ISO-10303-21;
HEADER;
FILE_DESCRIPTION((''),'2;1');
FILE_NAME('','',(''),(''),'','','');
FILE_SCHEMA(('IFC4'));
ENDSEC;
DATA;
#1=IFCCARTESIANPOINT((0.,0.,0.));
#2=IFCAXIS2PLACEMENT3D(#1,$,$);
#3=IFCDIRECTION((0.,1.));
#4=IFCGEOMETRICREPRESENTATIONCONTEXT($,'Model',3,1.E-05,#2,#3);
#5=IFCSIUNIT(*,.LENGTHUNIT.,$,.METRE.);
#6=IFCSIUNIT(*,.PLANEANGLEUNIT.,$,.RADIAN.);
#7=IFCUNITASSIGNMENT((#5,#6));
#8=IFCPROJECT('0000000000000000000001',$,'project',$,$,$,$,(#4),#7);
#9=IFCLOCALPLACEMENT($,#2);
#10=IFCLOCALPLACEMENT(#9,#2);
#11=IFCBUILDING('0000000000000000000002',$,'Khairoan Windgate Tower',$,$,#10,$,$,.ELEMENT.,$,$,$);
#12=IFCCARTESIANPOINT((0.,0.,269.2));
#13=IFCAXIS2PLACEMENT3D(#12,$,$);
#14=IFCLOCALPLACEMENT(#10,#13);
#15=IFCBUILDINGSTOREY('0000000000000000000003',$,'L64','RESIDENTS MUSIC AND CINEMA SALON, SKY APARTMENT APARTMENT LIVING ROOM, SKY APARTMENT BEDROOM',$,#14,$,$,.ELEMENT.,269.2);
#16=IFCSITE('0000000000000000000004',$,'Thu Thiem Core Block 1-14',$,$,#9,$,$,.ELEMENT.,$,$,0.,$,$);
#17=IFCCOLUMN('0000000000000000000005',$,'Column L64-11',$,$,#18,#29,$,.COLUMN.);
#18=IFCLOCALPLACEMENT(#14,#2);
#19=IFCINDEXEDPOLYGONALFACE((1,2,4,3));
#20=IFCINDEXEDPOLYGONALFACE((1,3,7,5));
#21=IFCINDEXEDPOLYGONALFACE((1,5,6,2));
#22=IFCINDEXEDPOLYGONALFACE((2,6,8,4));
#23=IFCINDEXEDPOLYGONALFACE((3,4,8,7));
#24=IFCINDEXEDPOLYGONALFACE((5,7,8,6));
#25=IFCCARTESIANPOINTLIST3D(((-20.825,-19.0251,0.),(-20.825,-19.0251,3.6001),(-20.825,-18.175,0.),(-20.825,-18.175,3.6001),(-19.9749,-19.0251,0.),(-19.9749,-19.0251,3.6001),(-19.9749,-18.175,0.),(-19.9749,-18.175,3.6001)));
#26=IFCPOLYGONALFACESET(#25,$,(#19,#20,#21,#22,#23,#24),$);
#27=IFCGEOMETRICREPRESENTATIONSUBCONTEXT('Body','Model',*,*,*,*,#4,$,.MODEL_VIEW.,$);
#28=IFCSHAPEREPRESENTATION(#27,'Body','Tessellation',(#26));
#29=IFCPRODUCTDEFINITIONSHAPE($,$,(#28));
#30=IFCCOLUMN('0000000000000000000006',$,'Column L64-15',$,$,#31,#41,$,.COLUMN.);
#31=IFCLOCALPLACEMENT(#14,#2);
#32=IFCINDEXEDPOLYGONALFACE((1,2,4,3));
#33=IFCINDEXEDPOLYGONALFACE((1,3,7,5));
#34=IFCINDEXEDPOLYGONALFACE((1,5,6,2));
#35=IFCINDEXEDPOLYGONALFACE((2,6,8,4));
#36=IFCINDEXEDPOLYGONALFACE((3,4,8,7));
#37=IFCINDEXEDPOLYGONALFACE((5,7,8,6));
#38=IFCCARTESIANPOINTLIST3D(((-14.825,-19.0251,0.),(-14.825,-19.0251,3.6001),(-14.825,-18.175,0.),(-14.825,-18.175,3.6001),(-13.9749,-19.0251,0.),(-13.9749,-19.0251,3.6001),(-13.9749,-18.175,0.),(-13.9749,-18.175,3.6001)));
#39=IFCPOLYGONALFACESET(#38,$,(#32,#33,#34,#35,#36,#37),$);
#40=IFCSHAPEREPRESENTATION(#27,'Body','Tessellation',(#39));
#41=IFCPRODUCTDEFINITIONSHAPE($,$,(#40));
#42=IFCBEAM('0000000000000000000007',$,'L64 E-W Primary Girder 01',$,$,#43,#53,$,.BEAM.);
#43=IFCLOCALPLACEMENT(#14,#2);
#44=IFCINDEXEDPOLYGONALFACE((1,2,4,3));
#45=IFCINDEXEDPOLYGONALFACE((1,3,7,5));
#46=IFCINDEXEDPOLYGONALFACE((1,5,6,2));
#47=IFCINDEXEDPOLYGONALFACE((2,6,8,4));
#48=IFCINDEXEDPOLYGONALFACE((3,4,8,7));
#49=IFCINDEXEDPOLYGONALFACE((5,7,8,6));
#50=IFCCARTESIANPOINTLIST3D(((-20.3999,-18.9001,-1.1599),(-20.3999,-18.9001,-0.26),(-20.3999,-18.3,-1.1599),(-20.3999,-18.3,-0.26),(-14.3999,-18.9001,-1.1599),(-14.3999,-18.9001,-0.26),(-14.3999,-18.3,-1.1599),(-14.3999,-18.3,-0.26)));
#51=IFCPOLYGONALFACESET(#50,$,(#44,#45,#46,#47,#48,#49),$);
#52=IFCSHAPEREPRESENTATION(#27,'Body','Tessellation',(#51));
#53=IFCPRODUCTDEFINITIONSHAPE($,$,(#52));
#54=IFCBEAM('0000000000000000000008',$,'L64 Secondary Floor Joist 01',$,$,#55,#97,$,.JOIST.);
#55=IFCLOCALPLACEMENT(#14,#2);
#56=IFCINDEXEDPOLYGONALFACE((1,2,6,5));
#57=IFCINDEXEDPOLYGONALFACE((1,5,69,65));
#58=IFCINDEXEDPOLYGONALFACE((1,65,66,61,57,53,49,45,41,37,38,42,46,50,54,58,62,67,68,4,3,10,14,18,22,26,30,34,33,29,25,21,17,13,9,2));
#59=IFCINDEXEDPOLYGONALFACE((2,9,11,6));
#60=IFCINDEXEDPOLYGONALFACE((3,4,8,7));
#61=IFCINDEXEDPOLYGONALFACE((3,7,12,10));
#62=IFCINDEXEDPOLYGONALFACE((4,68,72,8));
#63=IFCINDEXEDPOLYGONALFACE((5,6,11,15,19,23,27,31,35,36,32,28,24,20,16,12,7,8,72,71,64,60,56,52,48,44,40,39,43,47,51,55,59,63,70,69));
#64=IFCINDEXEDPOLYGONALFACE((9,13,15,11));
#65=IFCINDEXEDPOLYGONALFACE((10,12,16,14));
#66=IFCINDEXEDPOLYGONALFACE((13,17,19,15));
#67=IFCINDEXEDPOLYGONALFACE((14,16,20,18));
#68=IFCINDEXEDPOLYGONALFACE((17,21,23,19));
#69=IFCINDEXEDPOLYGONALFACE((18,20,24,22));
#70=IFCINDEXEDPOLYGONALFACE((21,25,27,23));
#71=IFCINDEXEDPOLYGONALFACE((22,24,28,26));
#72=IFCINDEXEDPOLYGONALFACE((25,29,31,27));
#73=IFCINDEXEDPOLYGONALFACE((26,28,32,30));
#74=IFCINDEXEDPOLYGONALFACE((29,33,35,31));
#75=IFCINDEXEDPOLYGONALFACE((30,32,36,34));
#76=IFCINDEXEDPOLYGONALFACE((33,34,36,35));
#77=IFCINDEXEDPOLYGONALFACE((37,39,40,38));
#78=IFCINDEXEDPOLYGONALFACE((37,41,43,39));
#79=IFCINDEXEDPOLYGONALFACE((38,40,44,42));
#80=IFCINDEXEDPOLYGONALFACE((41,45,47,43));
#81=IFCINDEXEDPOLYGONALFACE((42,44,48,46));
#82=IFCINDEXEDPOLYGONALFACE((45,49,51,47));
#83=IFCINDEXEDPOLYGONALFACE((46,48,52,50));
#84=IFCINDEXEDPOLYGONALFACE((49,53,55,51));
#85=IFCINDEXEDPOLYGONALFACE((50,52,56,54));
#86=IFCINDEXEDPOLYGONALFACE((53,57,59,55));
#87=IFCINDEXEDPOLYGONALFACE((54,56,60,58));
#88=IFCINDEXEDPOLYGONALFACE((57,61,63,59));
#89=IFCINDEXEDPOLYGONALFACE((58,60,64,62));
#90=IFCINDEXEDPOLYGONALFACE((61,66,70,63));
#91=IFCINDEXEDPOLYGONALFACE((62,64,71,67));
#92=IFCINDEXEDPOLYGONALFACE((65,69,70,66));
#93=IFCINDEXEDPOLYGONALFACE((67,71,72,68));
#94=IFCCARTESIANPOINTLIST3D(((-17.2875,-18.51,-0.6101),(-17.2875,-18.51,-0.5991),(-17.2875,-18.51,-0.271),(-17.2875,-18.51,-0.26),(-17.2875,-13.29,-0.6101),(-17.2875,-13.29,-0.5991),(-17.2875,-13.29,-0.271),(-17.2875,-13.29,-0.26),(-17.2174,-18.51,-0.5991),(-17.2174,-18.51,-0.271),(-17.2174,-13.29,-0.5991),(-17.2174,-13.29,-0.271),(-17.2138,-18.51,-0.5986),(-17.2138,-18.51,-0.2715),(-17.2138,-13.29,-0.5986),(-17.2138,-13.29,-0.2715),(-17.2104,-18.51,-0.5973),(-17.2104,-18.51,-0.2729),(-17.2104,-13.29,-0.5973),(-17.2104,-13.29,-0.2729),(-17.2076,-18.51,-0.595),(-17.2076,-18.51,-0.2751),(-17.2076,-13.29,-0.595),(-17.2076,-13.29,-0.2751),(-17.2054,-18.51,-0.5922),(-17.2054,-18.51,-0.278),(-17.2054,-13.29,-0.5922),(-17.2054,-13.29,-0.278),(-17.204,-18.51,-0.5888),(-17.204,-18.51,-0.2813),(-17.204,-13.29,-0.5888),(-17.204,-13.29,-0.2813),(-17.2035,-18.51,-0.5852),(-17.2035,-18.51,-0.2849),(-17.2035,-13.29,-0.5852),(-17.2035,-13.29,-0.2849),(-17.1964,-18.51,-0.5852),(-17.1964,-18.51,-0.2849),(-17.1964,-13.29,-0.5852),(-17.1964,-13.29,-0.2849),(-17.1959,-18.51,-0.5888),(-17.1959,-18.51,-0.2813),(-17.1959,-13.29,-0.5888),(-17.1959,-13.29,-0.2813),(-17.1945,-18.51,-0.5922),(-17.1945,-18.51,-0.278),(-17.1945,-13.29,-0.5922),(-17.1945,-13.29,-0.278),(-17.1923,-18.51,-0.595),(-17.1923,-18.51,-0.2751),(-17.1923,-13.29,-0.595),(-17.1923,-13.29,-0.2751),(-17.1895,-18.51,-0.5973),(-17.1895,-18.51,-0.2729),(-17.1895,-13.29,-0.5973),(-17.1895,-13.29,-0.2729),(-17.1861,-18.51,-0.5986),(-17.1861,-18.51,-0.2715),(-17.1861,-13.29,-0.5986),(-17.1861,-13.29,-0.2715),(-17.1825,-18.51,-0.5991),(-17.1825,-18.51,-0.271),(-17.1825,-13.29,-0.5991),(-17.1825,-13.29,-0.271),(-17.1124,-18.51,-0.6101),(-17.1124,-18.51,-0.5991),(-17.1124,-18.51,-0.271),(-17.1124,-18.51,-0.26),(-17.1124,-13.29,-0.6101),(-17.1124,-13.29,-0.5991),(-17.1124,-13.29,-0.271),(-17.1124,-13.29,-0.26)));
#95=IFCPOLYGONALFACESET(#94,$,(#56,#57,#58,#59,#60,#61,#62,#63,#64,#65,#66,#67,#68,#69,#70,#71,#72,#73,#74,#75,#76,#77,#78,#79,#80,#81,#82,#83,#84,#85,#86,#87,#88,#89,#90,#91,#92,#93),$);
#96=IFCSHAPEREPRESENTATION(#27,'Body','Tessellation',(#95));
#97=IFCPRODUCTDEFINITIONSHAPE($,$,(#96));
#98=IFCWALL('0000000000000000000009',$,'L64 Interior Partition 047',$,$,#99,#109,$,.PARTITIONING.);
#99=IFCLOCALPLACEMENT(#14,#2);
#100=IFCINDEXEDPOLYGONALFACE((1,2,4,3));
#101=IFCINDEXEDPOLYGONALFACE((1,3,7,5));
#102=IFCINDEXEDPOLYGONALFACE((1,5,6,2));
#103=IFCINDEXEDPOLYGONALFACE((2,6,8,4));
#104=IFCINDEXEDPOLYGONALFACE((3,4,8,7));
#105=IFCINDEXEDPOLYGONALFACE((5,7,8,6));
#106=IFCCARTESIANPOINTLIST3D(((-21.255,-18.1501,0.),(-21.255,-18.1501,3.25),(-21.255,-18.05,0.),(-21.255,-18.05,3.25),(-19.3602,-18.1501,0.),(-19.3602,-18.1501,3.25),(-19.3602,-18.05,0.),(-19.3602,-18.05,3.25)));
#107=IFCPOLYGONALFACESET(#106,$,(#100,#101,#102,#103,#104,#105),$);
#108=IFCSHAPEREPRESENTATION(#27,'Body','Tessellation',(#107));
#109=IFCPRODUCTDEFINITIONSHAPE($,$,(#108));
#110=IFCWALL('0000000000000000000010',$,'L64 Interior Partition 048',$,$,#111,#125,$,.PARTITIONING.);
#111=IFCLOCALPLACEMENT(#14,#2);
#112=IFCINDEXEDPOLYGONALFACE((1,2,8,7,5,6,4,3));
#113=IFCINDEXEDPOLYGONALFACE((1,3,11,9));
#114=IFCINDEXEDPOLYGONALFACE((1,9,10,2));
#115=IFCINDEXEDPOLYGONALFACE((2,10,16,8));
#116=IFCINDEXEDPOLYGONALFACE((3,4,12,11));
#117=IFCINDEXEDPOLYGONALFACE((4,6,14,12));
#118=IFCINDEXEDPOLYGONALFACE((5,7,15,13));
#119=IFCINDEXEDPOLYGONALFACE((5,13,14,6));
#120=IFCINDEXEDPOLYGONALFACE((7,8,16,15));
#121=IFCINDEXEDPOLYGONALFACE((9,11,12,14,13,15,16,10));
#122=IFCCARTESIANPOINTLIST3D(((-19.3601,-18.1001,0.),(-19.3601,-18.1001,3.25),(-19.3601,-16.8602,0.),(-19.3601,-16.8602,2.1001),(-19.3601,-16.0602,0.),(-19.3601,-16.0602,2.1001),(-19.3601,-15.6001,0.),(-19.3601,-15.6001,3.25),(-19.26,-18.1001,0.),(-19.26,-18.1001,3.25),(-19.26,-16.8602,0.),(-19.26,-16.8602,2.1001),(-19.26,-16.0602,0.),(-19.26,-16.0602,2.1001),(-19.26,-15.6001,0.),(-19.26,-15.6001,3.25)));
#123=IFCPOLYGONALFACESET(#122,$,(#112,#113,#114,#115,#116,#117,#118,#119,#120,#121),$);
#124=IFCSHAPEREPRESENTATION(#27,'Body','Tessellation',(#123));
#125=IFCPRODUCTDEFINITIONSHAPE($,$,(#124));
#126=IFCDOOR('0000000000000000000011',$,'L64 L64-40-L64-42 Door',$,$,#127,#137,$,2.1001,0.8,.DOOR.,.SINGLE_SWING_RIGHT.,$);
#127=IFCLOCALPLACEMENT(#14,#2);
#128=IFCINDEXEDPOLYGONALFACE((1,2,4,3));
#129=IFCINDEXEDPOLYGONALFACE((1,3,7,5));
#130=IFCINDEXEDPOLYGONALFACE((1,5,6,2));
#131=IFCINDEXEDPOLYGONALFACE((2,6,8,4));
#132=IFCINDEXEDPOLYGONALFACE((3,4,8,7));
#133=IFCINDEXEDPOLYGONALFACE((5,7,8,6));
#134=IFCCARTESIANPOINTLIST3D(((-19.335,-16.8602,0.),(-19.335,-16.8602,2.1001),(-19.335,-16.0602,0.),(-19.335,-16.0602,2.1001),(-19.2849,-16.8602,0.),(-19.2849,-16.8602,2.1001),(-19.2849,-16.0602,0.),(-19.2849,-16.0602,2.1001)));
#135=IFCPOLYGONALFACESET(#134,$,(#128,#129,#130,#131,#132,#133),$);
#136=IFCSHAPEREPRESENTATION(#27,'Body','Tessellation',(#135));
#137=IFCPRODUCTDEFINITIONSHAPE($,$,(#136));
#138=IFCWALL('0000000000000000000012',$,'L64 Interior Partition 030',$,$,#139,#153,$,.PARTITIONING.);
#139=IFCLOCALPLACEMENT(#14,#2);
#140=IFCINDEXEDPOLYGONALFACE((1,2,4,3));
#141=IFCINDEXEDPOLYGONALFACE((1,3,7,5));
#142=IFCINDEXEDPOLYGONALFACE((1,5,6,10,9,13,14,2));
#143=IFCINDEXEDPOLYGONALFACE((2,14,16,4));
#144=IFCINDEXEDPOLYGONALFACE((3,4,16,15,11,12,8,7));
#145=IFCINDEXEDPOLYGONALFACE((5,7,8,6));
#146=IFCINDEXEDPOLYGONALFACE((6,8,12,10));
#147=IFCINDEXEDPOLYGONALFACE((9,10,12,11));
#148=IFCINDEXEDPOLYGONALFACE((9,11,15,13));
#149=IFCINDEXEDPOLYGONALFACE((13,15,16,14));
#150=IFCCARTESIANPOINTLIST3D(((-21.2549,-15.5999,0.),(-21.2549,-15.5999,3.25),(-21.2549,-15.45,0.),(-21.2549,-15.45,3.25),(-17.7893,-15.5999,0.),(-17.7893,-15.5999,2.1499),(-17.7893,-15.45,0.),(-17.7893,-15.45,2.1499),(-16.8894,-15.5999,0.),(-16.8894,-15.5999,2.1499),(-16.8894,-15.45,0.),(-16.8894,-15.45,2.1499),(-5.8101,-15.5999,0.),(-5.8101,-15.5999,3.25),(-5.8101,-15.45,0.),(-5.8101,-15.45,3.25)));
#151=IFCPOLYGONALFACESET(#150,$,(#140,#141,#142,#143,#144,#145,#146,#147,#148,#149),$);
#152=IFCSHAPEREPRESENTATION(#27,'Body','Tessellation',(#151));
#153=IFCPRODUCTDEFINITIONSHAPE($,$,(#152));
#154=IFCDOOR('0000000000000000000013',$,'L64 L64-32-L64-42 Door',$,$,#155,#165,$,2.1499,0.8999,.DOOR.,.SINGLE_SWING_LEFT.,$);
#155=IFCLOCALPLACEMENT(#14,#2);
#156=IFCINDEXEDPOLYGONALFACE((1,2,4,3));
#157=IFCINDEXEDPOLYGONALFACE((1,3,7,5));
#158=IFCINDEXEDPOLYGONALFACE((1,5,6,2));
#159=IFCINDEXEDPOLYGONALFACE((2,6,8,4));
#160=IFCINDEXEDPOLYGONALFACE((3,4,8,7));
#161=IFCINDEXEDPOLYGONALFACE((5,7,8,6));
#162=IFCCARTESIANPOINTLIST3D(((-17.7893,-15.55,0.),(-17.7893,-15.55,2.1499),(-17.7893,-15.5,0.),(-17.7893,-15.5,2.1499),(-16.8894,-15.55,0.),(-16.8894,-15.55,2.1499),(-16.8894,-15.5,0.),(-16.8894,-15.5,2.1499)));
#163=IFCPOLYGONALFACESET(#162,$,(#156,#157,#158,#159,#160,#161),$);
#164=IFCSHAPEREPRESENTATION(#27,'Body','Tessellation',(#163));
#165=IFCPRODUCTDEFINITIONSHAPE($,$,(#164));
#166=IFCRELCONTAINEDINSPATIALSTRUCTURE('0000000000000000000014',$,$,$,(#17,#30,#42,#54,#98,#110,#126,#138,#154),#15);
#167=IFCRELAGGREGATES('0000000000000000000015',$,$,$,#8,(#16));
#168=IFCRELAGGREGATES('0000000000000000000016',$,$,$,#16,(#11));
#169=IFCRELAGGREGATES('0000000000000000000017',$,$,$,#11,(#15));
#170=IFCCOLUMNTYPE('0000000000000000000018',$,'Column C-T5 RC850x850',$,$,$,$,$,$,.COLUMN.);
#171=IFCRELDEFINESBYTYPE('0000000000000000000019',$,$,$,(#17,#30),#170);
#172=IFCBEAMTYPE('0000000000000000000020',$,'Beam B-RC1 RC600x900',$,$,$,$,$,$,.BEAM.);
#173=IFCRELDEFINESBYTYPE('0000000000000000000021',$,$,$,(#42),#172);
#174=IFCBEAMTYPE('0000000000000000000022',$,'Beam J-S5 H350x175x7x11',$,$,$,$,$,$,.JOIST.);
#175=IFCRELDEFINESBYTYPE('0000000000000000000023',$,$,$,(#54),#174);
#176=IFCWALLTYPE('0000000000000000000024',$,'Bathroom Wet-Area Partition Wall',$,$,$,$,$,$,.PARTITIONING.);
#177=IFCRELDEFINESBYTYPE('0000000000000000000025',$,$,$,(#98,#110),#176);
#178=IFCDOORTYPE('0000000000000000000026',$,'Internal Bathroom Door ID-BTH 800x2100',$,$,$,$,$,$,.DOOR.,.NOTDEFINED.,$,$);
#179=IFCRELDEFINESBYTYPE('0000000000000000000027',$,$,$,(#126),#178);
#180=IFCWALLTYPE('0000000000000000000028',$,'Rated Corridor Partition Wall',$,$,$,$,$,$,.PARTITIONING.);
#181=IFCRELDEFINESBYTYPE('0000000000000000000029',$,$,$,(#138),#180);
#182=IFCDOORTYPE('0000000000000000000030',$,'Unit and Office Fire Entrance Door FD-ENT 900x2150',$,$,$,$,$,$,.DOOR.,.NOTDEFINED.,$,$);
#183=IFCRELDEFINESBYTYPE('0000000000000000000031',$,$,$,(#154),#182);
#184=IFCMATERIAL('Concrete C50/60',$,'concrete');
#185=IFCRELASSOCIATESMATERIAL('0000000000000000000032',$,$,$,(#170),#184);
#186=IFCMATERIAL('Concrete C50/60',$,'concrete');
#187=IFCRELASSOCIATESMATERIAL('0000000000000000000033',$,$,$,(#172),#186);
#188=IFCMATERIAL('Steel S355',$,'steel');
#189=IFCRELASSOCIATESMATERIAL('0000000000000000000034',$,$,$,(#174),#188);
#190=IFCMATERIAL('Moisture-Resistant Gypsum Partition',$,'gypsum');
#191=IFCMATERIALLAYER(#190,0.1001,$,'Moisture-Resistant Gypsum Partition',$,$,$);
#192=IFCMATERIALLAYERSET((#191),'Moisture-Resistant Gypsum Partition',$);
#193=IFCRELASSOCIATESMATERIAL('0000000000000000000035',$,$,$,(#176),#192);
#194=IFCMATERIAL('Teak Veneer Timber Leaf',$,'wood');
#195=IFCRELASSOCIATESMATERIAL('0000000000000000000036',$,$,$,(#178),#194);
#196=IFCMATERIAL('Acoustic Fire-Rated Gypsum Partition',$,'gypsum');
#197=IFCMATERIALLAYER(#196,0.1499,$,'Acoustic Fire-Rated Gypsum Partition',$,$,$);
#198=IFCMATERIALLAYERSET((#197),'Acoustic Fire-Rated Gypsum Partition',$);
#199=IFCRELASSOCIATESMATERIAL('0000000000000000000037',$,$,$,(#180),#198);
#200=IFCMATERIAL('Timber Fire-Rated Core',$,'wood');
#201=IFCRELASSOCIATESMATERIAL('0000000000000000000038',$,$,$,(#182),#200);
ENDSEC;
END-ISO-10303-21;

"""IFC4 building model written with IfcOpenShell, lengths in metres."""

from ifc_helpers import new_model, si_unit, direction, frame, frame_2d, origin, origin_2d, place, context, subcontext, project, spatial, rectangle, i_section, extrude, material, layer, layer_set, material_profile, profile_set, type_object, element, fill, save


model = new_model("IFC4")

# Units and contexts
model_context = context("Model", 3, precision=1e-05, world=origin(), true_north=direction((0.0, 1.0)))
body_context = subcontext(model_context, "Body", "Model", "MODEL_VIEW")
ifc_project = project(units=[si_unit("LENGTHUNIT", "METRE"), si_unit("PLANEANGLEUNIT", "RADIAN")], contexts=[model_context])

# Site, building, storey
site_placement = place(None, origin())
site = spatial("IfcSite", under=ifc_project, at=site_placement, Name="Thu Thiem Core Block 1-14", CompositionType="ELEMENT", RefElevation=0.0)
building_placement = place(site_placement, origin())
building = spatial("IfcBuilding", under=site, at=building_placement, Name="Khairoan Windgate Tower", CompositionType="ELEMENT")
storey_placement = place(building_placement, frame((0.0, 0.0, 269.2)))
storey = spatial("IfcBuildingStorey", under=building, at=storey_placement, Name="L64", Description="RESIDENTS MUSIC AND CINEMA SALON, SKY APARTMENT APARTMENT LIVING ROOM, SKY APARTMENT BEDROOM", CompositionType="ELEMENT", Elevation=269.2)

# Columns
ifc_material_1 = material(Name="Concrete C50/60", Category="concrete")
ifc_material_profile_1 = material_profile(ifc_material_1, rectangle(XDim=0.8501, YDim=0.8501, at=origin_2d()))
ifc_profile_set_1 = profile_set([ifc_material_profile_1], Name="Concrete C50/60")
column_type = type_object("IfcColumnType", Name="Column C-T5 RC850x850", PredefinedType="COLUMN", material=ifc_profile_set_1)
for number, where, z_axis, x_axis, name in (
    (1, (-20.3999, -18.6001, 0.0), (0.0, 0.0, 1.0), (1.0, 0.0, 0.0), "Column L64-11"),
    (2, (-14.3999, -18.6001, 0.0), (0.0, 0.0, 1.0), (1.0, 0.0, 0.0), "Column L64-15"),
):
    element("IfcColumn", number, at=place(storey_placement, frame(where, z_axis=z_axis, x_axis=x_axis)), inside=storey, type_object=column_type, Name=name, PredefinedType="COLUMN", context=body_context, shape_type="SweptSolid", body=[
        extrude(rectangle(XDim=0.8501, YDim=0.8501, at=origin_2d()), origin(), (0.0, 0.0, 1.0), 3.6001),
    ])

# Beams
ifc_material_2 = material(Name="Concrete C50/60", Category="concrete")
ifc_material_profile_2 = material_profile(ifc_material_2, rectangle(XDim=0.6001, YDim=0.8999, at=origin_2d()))
ifc_profile_set_2 = profile_set([ifc_material_profile_2], Name="Concrete C50/60")
beam_type_1 = type_object("IfcBeamType", Name="Beam B-RC1 RC600x900", PredefinedType="BEAM", material=ifc_profile_set_2)
beam_1_placement = place(storey_placement, frame((-20.3999, -18.6001, -0.71), z_axis=(1.0, 0.0, 0.0), x_axis=(0.0, 1.0, 0.0)))
element("IfcBeam", 3, at=beam_1_placement, inside=storey, type_object=beam_type_1, Name="L64 E-W Primary Girder 01", PredefinedType="BEAM", context=body_context, shape_type="SweptSolid", body=[
    extrude(rectangle(XDim=0.6001, YDim=0.8999, at=origin_2d()), origin(), (0.0, 0.0, 1.0), 6.0),
])
ifc_material_3 = material(Name="Steel S355", Category="steel")
ifc_material_profile_3 = material_profile(ifc_material_3, i_section(OverallWidth=0.175, OverallDepth=0.3501, WebThickness=0.0071, FlangeThickness=0.011, FilletRadius=0.0139, at=origin_2d()))
ifc_profile_set_3 = profile_set([ifc_material_profile_3], Name="Steel S355")
beam_type_2 = type_object("IfcBeamType", Name="Beam J-S5 H350x175x7x11", PredefinedType="JOIST", material=ifc_profile_set_3)
beam_2_placement = place(storey_placement, frame((-17.2, -18.51, -0.4351), z_axis=(0.0, 1.0, 0.0), x_axis=(-1.0, 0.0, 0.0)))
element("IfcBeam", 4, at=beam_2_placement, inside=storey, type_object=beam_type_2, Name="L64 Secondary Floor Joist 01", PredefinedType="JOIST", context=body_context, shape_type="SweptSolid", body=[
    extrude(i_section(OverallWidth=0.175, OverallDepth=0.3501, WebThickness=0.0071, FlangeThickness=0.011, FilletRadius=0.0139, at=origin_2d()), origin(), (0.0, 0.0, 1.0), 5.22),
])

# Wall
ifc_material_4 = material(Name="Moisture-Resistant Gypsum Partition", Category="gypsum")
ifc_layer_1 = layer(ifc_material_4, 0.1001, Name="Moisture-Resistant Gypsum Partition")
ifc_layer_set_1 = layer_set([ifc_layer_1], Name="Moisture-Resistant Gypsum Partition")
wall_type_1 = type_object("IfcWallType", Name="Bathroom Wet-Area Partition Wall", PredefinedType="PARTITIONING", material=ifc_layer_set_1)
wall_1_placement = place(storey_placement, frame((-21.2549, -18.1001, 0.0), z_axis=(0.0, 0.0, 1.0), x_axis=(1.0, 0.0, 0.0)))
element("IfcWall", 5, at=wall_1_placement, inside=storey, type_object=wall_type_1, Name="L64 Interior Partition 047", PredefinedType="PARTITIONING", context=body_context, shape_type="SweptSolid", body=[
    extrude(rectangle(XDim=1.8948, YDim=0.1001, at=frame_2d((0.9473, 0.0))), origin(), (0.0, 0.0, 1.0), 3.25),
])

# Walls, openings, doors
wall_2_placement = place(storey_placement, frame((-19.3101, -18.1001, 0.0), z_axis=(0.0, 0.0, 1.0), x_axis=(0.0, 1.0, 0.0)))
wall_2 = element("IfcWall", 6, at=wall_2_placement, inside=storey, type_object=wall_type_1, Name="L64 Interior Partition 048", PredefinedType="PARTITIONING", context=body_context, shape_type="SweptSolid", body=[
    extrude(rectangle(XDim=2.5, YDim=0.1001, at=frame_2d((1.25, 0.0))), origin(), (0.0, 0.0, 1.0), 3.25),
])
opening_1_placement = place(wall_2_placement, frame((1.24, 0.0, 0.0)))
opening_1 = element("IfcOpeningElement", 7, at=opening_1_placement, cuts=wall_2, PredefinedType="OPENING", context=body_context, shape_type="SweptSolid", body=[
    extrude(rectangle(XDim=0.8, YDim=2.1001, at=frame_2d((0.3999, 1.05))), frame((0.0, 0.0601, 0.0), z_axis=(0.0, -1.0, 0.0), x_axis=(1.0, 0.0, 0.0)), (0.0, 0.0, 1.0), 0.1201),
])
ifc_material_5 = material(Name="Teak Veneer Timber Leaf", Category="wood")
door_type_1 = type_object("IfcDoorType", Name="Internal Bathroom Door ID-BTH 800x2100", OperationType="NOTDEFINED", PredefinedType="DOOR", material=ifc_material_5)
door_1_placement = place(opening_1_placement, origin())
door_1 = element("IfcDoor", 8, at=door_1_placement, inside=storey, type_object=door_type_1, Name="L64 L64-40-L64-42 Door", OperationType="SINGLE_SWING_RIGHT", OverallHeight=2.1001, OverallWidth=0.8, PredefinedType="DOOR", context=body_context, shape_type="SweptSolid", body=[
    extrude(rectangle(XDim=0.8, YDim=2.1001, at=frame_2d((0.3999, 1.05))), frame((0.0, 0.0249, 0.0), z_axis=(0.0, -1.0, 0.0), x_axis=(1.0, 0.0, 0.0)), (0.0, 0.0, 1.0), 0.05),
])
fill(opening_1, door_1)
ifc_material_6 = material(Name="Acoustic Fire-Rated Gypsum Partition", Category="gypsum")
ifc_layer_2 = layer(ifc_material_6, 0.1499, Name="Acoustic Fire-Rated Gypsum Partition")
ifc_layer_set_2 = layer_set([ifc_layer_2], Name="Acoustic Fire-Rated Gypsum Partition")
wall_type_2 = type_object("IfcWallType", Name="Rated Corridor Partition Wall", PredefinedType="PARTITIONING", material=ifc_layer_set_2)
wall_3_placement = place(storey_placement, frame((-21.2549, -15.5249, 0.0), z_axis=(0.0, 0.0, 1.0), x_axis=(1.0, 0.0, 0.0)))
wall_3 = element("IfcWall", 9, at=wall_3_placement, inside=storey, type_object=wall_type_2, Name="L64 Interior Partition 030", PredefinedType="PARTITIONING", context=body_context, shape_type="SweptSolid", body=[
    extrude(rectangle(XDim=15.4448, YDim=0.1499, at=frame_2d((7.7224, 0.0))), origin(), (0.0, 0.0, 1.0), 3.25),
])
opening_2_placement = place(wall_3_placement, frame((3.4656, 0.0, 0.0)))
opening_2 = element("IfcOpeningElement", 10, at=opening_2_placement, cuts=wall_3, PredefinedType="OPENING", context=body_context, shape_type="SweptSolid", body=[
    extrude(rectangle(XDim=0.8999, YDim=2.1499, at=frame_2d((0.45, 1.075))), frame((0.0, 0.085, 0.0), z_axis=(0.0, -1.0, 0.0), x_axis=(1.0, 0.0, 0.0)), (0.0, 0.0, 1.0), 0.1699),
])
ifc_material_7 = material(Name="Timber Fire-Rated Core", Category="wood")
door_type_2 = type_object("IfcDoorType", Name="Unit and Office Fire Entrance Door FD-ENT 900x2150", OperationType="NOTDEFINED", PredefinedType="DOOR", material=ifc_material_7)
door_2_placement = place(opening_2_placement, origin())
door_2 = element("IfcDoor", 11, at=door_2_placement, inside=storey, type_object=door_type_2, Name="L64 L64-32-L64-42 Door", OperationType="SINGLE_SWING_LEFT", OverallHeight=2.1499, OverallWidth=0.8999, PredefinedType="DOOR", context=body_context, shape_type="SweptSolid", body=[
    extrude(rectangle(XDim=0.8999, YDim=2.1499, at=frame_2d((0.45, 1.075))), frame((0.0, 0.0249, 0.0), z_axis=(0.0, -1.0, 0.0), x_axis=(1.0, 0.0, 0.0)), (0.0, 0.0, 1.0), 0.05),
])
fill(opening_2, door_2)

save(model, "model.ifc")
